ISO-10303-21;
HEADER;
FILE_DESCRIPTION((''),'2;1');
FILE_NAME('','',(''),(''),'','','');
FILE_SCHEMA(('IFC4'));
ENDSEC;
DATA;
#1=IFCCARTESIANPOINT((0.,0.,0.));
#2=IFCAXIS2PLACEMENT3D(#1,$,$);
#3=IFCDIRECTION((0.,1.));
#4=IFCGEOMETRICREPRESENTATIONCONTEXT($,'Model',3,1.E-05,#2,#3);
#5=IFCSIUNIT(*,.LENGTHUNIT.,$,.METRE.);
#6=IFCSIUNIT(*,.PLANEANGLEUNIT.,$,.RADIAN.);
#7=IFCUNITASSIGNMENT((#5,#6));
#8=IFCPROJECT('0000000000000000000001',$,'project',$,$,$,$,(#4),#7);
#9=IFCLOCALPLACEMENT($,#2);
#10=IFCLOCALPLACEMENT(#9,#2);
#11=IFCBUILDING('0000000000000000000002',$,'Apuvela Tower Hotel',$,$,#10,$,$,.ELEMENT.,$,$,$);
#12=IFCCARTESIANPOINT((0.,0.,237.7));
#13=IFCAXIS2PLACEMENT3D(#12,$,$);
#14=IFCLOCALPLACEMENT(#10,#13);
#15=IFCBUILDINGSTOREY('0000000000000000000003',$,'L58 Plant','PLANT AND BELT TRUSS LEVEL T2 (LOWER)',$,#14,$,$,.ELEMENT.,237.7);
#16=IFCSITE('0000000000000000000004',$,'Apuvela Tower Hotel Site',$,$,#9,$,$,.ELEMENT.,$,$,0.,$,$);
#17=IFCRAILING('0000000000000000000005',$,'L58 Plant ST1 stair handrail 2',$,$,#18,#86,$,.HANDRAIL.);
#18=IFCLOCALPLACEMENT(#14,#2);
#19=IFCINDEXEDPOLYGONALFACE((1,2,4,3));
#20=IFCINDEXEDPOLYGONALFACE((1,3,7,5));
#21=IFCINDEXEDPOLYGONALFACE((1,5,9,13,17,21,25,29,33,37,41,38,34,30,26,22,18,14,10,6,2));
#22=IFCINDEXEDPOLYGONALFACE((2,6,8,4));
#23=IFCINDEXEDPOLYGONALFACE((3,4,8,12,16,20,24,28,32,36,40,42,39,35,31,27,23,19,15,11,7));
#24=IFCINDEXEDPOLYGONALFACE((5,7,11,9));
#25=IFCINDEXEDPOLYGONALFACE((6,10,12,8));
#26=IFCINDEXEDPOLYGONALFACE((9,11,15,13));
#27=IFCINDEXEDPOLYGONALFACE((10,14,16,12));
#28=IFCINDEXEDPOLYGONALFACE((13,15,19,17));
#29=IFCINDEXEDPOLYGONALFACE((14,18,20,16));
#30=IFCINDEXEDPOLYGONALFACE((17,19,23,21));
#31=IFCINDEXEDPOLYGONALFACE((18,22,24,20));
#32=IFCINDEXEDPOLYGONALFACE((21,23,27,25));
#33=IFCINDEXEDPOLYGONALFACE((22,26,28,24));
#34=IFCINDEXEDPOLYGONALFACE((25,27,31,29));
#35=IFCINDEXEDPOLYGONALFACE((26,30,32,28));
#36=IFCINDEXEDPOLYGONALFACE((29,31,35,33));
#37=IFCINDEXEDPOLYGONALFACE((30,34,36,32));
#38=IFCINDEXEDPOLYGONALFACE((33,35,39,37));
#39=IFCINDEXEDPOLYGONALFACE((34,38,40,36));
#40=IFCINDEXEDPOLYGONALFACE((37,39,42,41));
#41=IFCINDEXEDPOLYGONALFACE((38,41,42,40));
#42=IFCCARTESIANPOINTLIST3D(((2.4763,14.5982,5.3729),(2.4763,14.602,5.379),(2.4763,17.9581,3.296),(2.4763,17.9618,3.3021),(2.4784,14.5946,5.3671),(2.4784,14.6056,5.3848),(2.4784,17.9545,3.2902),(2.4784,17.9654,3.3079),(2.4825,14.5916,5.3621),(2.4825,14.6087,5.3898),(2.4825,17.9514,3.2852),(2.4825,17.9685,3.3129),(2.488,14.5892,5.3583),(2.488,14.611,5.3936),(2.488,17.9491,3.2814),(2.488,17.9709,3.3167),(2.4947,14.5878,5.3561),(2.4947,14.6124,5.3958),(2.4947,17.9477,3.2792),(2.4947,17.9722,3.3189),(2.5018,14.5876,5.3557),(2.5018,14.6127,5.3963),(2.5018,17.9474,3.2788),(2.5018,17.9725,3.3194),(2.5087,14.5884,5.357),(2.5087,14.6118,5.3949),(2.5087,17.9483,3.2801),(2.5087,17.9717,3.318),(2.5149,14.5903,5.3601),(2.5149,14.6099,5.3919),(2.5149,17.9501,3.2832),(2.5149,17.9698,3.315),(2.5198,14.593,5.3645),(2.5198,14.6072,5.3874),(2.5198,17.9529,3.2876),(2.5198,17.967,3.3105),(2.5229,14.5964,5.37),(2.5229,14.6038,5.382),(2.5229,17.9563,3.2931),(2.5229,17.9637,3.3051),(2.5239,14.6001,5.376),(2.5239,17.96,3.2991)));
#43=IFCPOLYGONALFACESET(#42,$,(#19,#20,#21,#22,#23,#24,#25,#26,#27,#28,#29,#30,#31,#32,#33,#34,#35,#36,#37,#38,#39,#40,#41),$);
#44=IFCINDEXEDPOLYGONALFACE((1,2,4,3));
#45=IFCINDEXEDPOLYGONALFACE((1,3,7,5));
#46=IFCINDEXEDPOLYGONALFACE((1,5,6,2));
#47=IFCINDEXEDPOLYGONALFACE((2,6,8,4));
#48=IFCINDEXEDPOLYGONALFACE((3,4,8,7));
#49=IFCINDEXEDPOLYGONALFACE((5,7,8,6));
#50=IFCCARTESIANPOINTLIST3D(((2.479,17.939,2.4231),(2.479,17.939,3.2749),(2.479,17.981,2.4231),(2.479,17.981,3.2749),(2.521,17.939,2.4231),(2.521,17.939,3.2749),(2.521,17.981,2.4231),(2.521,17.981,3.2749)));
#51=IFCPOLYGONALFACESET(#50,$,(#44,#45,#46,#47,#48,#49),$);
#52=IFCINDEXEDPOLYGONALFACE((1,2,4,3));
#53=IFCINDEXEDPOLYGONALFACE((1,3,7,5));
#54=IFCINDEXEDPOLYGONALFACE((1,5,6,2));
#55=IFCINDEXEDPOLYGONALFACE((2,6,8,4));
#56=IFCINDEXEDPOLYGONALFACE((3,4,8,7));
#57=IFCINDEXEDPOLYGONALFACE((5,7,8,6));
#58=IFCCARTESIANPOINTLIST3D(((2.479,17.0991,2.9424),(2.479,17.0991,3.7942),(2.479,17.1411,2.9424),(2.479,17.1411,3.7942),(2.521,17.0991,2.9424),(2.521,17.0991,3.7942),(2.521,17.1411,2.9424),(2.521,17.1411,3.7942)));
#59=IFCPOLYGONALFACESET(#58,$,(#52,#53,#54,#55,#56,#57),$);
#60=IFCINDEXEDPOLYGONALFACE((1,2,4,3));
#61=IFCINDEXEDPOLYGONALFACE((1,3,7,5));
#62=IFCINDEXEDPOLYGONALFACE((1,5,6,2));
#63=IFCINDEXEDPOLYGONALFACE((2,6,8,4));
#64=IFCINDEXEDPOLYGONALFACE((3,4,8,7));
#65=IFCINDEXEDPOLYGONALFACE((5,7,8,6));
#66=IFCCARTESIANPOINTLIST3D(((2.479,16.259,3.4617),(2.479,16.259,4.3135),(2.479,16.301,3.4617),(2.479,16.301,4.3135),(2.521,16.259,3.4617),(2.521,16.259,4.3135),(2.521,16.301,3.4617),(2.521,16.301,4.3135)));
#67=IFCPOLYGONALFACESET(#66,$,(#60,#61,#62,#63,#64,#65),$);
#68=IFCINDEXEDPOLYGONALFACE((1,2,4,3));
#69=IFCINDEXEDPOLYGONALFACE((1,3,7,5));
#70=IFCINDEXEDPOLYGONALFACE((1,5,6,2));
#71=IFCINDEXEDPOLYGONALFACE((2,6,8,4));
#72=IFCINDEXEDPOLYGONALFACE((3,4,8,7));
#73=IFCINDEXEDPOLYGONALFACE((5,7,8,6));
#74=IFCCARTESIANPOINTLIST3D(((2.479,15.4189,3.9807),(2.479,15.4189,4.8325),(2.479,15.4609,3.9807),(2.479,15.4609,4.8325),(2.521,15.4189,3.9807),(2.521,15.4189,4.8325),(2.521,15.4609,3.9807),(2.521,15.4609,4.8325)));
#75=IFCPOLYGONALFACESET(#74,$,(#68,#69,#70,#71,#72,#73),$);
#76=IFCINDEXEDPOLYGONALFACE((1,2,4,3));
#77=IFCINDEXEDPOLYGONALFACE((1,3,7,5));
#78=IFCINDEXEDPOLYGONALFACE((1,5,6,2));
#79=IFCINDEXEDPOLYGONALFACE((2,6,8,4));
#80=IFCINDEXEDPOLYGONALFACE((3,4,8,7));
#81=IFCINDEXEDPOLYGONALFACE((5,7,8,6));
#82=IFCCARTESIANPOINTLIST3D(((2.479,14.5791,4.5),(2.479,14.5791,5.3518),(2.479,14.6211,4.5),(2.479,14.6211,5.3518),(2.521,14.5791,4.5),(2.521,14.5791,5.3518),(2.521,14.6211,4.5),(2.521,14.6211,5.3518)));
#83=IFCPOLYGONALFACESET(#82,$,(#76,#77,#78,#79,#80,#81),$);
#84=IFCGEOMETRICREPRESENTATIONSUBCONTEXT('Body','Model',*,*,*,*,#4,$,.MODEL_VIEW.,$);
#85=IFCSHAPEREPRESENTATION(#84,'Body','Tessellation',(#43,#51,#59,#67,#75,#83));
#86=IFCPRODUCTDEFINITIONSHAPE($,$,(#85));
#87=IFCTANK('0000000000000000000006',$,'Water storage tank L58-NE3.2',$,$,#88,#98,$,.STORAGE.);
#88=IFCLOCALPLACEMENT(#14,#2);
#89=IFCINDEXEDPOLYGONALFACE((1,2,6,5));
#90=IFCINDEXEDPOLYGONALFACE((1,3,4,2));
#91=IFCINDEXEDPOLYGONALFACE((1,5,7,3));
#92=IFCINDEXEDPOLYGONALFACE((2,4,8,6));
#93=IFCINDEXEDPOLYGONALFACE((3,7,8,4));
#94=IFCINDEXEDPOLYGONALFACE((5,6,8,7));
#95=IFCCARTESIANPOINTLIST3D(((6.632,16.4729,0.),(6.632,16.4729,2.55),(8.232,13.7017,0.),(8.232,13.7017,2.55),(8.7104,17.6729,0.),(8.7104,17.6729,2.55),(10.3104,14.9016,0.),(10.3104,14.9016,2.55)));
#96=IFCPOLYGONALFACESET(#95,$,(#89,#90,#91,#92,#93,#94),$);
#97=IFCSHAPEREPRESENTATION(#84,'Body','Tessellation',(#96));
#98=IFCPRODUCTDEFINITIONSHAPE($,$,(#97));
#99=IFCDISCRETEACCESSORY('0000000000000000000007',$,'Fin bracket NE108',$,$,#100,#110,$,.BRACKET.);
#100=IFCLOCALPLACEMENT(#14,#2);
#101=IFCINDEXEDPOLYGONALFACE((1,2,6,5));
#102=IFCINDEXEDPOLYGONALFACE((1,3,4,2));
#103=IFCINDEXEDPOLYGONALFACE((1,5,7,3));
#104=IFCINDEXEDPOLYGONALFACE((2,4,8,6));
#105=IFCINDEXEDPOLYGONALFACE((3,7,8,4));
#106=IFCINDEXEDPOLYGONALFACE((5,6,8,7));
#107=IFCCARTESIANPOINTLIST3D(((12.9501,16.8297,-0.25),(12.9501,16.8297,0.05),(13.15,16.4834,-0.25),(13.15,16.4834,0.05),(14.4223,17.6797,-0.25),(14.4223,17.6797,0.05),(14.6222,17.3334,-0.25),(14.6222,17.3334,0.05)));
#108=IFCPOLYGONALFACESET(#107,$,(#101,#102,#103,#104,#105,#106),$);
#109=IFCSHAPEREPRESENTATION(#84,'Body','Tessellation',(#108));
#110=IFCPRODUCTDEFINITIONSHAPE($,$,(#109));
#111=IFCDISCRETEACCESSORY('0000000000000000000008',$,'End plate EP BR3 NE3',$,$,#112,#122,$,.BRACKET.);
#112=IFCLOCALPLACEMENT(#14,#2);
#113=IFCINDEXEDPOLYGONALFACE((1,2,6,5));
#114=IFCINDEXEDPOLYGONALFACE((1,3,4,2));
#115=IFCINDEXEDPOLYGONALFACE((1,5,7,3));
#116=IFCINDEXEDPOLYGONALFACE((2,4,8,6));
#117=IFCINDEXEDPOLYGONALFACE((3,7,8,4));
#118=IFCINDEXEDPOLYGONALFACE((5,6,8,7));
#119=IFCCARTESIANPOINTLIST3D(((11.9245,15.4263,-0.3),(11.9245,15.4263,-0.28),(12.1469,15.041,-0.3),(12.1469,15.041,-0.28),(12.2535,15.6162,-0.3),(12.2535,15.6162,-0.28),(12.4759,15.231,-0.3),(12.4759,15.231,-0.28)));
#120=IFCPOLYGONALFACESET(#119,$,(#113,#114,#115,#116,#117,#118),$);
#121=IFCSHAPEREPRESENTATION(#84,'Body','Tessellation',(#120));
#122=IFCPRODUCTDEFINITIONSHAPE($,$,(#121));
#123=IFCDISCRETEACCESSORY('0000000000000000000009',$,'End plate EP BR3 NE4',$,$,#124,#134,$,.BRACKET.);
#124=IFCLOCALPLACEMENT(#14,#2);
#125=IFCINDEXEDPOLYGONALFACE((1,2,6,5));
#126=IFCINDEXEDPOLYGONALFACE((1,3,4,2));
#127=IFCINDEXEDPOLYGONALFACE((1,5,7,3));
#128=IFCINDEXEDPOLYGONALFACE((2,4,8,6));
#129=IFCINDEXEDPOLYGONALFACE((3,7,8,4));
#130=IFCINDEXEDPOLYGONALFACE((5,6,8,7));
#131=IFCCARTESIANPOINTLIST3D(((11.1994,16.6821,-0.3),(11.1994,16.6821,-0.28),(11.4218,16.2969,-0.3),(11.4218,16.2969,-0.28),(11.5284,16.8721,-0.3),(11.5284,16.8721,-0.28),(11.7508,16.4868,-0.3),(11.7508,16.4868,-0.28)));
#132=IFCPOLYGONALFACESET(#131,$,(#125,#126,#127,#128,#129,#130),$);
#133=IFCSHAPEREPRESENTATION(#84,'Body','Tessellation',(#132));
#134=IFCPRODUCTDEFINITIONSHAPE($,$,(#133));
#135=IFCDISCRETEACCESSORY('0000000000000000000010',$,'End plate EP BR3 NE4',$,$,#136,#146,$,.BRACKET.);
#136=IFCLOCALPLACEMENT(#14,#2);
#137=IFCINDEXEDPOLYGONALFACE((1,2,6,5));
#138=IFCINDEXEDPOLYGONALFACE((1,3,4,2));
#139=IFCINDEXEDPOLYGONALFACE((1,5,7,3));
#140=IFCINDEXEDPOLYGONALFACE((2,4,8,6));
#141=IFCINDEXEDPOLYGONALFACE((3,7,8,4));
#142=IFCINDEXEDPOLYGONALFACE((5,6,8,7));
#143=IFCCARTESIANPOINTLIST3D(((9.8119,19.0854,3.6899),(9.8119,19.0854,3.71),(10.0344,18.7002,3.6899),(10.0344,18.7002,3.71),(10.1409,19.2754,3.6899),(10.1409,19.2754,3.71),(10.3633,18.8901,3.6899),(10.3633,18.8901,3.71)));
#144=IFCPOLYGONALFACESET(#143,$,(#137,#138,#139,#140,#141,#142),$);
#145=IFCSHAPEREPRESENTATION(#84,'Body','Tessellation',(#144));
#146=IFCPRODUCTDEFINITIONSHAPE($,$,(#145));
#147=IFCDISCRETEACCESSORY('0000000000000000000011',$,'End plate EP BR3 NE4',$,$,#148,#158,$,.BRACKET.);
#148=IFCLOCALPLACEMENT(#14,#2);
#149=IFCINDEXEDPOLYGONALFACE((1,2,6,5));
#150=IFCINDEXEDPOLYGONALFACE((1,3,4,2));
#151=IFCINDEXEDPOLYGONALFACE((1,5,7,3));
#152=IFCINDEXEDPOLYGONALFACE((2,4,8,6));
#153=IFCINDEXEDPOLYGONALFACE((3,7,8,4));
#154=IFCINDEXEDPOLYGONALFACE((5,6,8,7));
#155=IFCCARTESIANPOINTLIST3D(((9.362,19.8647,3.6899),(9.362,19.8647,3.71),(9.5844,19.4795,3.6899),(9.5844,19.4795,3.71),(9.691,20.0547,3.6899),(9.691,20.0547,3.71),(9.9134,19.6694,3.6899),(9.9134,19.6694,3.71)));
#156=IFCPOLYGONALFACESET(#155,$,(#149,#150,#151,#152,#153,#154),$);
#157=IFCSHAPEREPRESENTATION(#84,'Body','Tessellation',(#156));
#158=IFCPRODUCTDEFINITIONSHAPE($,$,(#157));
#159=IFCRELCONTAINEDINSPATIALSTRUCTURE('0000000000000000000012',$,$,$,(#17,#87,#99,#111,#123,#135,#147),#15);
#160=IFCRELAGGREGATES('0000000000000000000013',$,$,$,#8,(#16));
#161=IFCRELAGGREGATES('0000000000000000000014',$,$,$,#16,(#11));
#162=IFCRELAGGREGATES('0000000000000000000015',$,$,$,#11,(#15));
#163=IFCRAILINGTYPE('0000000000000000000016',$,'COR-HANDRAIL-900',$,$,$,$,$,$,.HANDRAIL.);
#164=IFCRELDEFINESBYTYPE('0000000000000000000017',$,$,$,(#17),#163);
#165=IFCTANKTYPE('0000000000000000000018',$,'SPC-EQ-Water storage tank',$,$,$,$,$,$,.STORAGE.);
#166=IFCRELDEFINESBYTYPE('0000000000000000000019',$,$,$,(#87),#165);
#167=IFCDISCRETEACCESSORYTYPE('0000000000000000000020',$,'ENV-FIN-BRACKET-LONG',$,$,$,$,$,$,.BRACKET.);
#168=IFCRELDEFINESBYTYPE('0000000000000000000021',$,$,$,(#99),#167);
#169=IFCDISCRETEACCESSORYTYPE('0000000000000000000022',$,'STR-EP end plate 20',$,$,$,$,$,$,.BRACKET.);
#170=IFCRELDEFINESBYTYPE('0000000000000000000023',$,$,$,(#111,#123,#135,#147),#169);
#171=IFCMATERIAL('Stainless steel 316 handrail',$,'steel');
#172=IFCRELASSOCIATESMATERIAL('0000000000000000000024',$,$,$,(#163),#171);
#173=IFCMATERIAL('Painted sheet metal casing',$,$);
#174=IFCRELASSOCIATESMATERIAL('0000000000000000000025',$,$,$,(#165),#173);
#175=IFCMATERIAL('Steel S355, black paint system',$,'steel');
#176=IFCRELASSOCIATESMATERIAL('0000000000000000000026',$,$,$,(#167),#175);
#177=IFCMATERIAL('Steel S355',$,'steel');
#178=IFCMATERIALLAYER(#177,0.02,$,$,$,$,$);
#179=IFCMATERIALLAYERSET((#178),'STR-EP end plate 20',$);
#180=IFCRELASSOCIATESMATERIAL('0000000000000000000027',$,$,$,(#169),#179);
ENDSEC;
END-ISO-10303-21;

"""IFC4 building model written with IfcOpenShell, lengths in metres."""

from ifc_helpers import new_model, si_unit, direction, frame, origin, origin_2d, place, context, subcontext, project, spatial, rectangle, circle, extrude, material, layer, layer_set, type_object, element, save


model = new_model("IFC4")

# Units and contexts
model_context = context("Model", 3, precision=1e-05, world=origin(), true_north=direction((0.0, 1.0)))
body_context = subcontext(model_context, "Body", "Model", "MODEL_VIEW")
ifc_project = project(units=[si_unit("LENGTHUNIT", "METRE"), si_unit("PLANEANGLEUNIT", "RADIAN")], contexts=[model_context])

# Site, building, storey
site_placement = place(None, origin())
site = spatial("IfcSite", under=ifc_project, at=site_placement, Name="Apuvela Tower Hotel Site", CompositionType="ELEMENT", RefElevation=0.0)
building_placement = place(site_placement, origin())
building = spatial("IfcBuilding", under=site, at=building_placement, Name="Apuvela Tower Hotel", CompositionType="ELEMENT")
storey_placement = place(building_placement, frame((0.0, 0.0, 237.7)))
storey = spatial("IfcBuildingStorey", under=building, at=storey_placement, Name="L58 Plant", Description="PLANT AND BELT TRUSS LEVEL T2 (LOWER)", CompositionType="ELEMENT", Elevation=237.7)

# Shared definitions
ifc_material_1 = material(Name="Steel S355", Category="steel")

# Railing
ifc_material_2 = material(Name="Stainless steel 316 handrail", Category="steel")
railing_type_1 = type_object("IfcRailingType", Name="COR-HANDRAIL-900", PredefinedType="HANDRAIL", material=ifc_material_2)
railing_1_placement = place(storey_placement, frame((2.5, 17.96, 2.4231)))
element("IfcRailing", 1, at=railing_1_placement, inside=storey, type_object=railing_type_1, Name="L58 Plant ST1 stair handrail 2", PredefinedType="HANDRAIL", context=body_context, shape_type="SweptSolid", body=[
    extrude(circle(Radius=0.0239, at=origin_2d()), frame((0.0, 0.0, 0.876), z_axis=(0.0, -0.850606, 0.525803), x_axis=(1.0, 0.0, 0.0)), (0.0, 0.0, 1.0), 3.95),
    extrude(rectangle(XDim=0.042, YDim=0.042, at=origin_2d()), origin(), (0.0, 0.0, 1.0), 0.8518),
    extrude(rectangle(XDim=0.042, YDim=0.042, at=origin_2d()), frame((0.0, -0.8398, 0.5193)), (0.0, 0.0, 1.0), 0.8518),
    extrude(rectangle(XDim=0.042, YDim=0.042, at=origin_2d()), frame((0.0, -1.6799, 1.0386)), (0.0, 0.0, 1.0), 0.8518),
    extrude(rectangle(XDim=0.042, YDim=0.042, at=origin_2d()), frame((0.0, -2.52, 1.5576)), (0.0, 0.0, 1.0), 0.8518),
    extrude(rectangle(XDim=0.042, YDim=0.042, at=origin_2d()), frame((0.0, -3.3599, 2.0769)), (0.0, 0.0, 1.0), 0.8518),
])

# Tank
ifc_material_3 = material(Name="Painted sheet metal casing")
tank_type = type_object("IfcTankType", Name="SPC-EQ-Water storage tank", PredefinedType="STORAGE", material=ifc_material_3)
tank_placement = place(storey_placement, frame((8.4712, 15.6873, 0.0), z_axis=(0.0, 0.0, 1.0), x_axis=(-0.5, 0.866025, 0.0)))
element("IfcTank", 2, at=tank_placement, inside=storey, type_object=tank_type, Name="Water storage tank L58-NE3.2", PredefinedType="STORAGE", context=body_context, shape_type="SweptSolid", body=[
    extrude(rectangle(XDim=3.2, YDim=2.3999, at=origin_2d()), origin(), (0.0, 0.0, 1.0), 2.55),
])

# Discrete accessories
ifc_material_4 = material(Name="Steel S355, black paint system", Category="steel")
discrete_accessory_type_1 = type_object("IfcDiscreteAccessoryType", Name="ENV-FIN-BRACKET-LONG", PredefinedType="BRACKET", material=ifc_material_4)
discrete_accessory_placement = place(storey_placement, frame((13.7861, 17.0815, -0.25), z_axis=(0.0, 0.0, 1.0), x_axis=(-0.5, 0.866025, 0.0)))
element("IfcDiscreteAccessory", 3, at=discrete_accessory_placement, inside=storey, type_object=discrete_accessory_type_1, Name="Fin bracket NE108", PredefinedType="BRACKET", context=body_context, shape_type="SweptSolid", body=[
    extrude(rectangle(XDim=0.3999, YDim=1.7, at=origin_2d()), origin(), (0.0, 0.0, 1.0), 0.3),
])
ifc_layer_1 = layer(ifc_material_1, 0.02)
ifc_layer_set_1 = layer_set([ifc_layer_1], Name="STR-EP end plate 20")
discrete_accessory_type_2 = type_object("IfcDiscreteAccessoryType", Name="STR-EP end plate 20", PredefinedType="BRACKET", material=ifc_layer_set_1)
for number, where, z_axis, x_axis, name in (
    (4, (12.2002, 15.3286, -0.3), (0.0, 0.0, 1.0), (0.5, -0.866025, 0.0), "End plate EP BR3 NE3"),
    (5, (11.4751, 16.5845, -0.3), (0.0, 0.0, 1.0), (-0.5, 0.866025, 0.0), "End plate EP BR3 NE4"),
    (6, (10.0876, 18.9878, 3.6899), (0.0, 0.0, 1.0), (-0.5, 0.866025, 0.0), "End plate EP BR3 NE4"),
    (7, (9.6377, 19.7671, 3.6899), (0.0, 0.0, 1.0), (0.5, -0.866025, 0.0), "End plate EP BR3 NE4"),
):
    element("IfcDiscreteAccessory", number, at=place(storey_placement, frame(where, z_axis=z_axis, x_axis=x_axis)), inside=storey, type_object=discrete_accessory_type_2, Name=name, PredefinedType="BRACKET", context=body_context, shape_type="SweptSolid", body=[
        extrude(rectangle(XDim=0.4448, YDim=0.3799, at=origin_2d()), origin(), (0.0, 0.0, 1.0), 0.02),
    ])

save(model, "model.ifc")
